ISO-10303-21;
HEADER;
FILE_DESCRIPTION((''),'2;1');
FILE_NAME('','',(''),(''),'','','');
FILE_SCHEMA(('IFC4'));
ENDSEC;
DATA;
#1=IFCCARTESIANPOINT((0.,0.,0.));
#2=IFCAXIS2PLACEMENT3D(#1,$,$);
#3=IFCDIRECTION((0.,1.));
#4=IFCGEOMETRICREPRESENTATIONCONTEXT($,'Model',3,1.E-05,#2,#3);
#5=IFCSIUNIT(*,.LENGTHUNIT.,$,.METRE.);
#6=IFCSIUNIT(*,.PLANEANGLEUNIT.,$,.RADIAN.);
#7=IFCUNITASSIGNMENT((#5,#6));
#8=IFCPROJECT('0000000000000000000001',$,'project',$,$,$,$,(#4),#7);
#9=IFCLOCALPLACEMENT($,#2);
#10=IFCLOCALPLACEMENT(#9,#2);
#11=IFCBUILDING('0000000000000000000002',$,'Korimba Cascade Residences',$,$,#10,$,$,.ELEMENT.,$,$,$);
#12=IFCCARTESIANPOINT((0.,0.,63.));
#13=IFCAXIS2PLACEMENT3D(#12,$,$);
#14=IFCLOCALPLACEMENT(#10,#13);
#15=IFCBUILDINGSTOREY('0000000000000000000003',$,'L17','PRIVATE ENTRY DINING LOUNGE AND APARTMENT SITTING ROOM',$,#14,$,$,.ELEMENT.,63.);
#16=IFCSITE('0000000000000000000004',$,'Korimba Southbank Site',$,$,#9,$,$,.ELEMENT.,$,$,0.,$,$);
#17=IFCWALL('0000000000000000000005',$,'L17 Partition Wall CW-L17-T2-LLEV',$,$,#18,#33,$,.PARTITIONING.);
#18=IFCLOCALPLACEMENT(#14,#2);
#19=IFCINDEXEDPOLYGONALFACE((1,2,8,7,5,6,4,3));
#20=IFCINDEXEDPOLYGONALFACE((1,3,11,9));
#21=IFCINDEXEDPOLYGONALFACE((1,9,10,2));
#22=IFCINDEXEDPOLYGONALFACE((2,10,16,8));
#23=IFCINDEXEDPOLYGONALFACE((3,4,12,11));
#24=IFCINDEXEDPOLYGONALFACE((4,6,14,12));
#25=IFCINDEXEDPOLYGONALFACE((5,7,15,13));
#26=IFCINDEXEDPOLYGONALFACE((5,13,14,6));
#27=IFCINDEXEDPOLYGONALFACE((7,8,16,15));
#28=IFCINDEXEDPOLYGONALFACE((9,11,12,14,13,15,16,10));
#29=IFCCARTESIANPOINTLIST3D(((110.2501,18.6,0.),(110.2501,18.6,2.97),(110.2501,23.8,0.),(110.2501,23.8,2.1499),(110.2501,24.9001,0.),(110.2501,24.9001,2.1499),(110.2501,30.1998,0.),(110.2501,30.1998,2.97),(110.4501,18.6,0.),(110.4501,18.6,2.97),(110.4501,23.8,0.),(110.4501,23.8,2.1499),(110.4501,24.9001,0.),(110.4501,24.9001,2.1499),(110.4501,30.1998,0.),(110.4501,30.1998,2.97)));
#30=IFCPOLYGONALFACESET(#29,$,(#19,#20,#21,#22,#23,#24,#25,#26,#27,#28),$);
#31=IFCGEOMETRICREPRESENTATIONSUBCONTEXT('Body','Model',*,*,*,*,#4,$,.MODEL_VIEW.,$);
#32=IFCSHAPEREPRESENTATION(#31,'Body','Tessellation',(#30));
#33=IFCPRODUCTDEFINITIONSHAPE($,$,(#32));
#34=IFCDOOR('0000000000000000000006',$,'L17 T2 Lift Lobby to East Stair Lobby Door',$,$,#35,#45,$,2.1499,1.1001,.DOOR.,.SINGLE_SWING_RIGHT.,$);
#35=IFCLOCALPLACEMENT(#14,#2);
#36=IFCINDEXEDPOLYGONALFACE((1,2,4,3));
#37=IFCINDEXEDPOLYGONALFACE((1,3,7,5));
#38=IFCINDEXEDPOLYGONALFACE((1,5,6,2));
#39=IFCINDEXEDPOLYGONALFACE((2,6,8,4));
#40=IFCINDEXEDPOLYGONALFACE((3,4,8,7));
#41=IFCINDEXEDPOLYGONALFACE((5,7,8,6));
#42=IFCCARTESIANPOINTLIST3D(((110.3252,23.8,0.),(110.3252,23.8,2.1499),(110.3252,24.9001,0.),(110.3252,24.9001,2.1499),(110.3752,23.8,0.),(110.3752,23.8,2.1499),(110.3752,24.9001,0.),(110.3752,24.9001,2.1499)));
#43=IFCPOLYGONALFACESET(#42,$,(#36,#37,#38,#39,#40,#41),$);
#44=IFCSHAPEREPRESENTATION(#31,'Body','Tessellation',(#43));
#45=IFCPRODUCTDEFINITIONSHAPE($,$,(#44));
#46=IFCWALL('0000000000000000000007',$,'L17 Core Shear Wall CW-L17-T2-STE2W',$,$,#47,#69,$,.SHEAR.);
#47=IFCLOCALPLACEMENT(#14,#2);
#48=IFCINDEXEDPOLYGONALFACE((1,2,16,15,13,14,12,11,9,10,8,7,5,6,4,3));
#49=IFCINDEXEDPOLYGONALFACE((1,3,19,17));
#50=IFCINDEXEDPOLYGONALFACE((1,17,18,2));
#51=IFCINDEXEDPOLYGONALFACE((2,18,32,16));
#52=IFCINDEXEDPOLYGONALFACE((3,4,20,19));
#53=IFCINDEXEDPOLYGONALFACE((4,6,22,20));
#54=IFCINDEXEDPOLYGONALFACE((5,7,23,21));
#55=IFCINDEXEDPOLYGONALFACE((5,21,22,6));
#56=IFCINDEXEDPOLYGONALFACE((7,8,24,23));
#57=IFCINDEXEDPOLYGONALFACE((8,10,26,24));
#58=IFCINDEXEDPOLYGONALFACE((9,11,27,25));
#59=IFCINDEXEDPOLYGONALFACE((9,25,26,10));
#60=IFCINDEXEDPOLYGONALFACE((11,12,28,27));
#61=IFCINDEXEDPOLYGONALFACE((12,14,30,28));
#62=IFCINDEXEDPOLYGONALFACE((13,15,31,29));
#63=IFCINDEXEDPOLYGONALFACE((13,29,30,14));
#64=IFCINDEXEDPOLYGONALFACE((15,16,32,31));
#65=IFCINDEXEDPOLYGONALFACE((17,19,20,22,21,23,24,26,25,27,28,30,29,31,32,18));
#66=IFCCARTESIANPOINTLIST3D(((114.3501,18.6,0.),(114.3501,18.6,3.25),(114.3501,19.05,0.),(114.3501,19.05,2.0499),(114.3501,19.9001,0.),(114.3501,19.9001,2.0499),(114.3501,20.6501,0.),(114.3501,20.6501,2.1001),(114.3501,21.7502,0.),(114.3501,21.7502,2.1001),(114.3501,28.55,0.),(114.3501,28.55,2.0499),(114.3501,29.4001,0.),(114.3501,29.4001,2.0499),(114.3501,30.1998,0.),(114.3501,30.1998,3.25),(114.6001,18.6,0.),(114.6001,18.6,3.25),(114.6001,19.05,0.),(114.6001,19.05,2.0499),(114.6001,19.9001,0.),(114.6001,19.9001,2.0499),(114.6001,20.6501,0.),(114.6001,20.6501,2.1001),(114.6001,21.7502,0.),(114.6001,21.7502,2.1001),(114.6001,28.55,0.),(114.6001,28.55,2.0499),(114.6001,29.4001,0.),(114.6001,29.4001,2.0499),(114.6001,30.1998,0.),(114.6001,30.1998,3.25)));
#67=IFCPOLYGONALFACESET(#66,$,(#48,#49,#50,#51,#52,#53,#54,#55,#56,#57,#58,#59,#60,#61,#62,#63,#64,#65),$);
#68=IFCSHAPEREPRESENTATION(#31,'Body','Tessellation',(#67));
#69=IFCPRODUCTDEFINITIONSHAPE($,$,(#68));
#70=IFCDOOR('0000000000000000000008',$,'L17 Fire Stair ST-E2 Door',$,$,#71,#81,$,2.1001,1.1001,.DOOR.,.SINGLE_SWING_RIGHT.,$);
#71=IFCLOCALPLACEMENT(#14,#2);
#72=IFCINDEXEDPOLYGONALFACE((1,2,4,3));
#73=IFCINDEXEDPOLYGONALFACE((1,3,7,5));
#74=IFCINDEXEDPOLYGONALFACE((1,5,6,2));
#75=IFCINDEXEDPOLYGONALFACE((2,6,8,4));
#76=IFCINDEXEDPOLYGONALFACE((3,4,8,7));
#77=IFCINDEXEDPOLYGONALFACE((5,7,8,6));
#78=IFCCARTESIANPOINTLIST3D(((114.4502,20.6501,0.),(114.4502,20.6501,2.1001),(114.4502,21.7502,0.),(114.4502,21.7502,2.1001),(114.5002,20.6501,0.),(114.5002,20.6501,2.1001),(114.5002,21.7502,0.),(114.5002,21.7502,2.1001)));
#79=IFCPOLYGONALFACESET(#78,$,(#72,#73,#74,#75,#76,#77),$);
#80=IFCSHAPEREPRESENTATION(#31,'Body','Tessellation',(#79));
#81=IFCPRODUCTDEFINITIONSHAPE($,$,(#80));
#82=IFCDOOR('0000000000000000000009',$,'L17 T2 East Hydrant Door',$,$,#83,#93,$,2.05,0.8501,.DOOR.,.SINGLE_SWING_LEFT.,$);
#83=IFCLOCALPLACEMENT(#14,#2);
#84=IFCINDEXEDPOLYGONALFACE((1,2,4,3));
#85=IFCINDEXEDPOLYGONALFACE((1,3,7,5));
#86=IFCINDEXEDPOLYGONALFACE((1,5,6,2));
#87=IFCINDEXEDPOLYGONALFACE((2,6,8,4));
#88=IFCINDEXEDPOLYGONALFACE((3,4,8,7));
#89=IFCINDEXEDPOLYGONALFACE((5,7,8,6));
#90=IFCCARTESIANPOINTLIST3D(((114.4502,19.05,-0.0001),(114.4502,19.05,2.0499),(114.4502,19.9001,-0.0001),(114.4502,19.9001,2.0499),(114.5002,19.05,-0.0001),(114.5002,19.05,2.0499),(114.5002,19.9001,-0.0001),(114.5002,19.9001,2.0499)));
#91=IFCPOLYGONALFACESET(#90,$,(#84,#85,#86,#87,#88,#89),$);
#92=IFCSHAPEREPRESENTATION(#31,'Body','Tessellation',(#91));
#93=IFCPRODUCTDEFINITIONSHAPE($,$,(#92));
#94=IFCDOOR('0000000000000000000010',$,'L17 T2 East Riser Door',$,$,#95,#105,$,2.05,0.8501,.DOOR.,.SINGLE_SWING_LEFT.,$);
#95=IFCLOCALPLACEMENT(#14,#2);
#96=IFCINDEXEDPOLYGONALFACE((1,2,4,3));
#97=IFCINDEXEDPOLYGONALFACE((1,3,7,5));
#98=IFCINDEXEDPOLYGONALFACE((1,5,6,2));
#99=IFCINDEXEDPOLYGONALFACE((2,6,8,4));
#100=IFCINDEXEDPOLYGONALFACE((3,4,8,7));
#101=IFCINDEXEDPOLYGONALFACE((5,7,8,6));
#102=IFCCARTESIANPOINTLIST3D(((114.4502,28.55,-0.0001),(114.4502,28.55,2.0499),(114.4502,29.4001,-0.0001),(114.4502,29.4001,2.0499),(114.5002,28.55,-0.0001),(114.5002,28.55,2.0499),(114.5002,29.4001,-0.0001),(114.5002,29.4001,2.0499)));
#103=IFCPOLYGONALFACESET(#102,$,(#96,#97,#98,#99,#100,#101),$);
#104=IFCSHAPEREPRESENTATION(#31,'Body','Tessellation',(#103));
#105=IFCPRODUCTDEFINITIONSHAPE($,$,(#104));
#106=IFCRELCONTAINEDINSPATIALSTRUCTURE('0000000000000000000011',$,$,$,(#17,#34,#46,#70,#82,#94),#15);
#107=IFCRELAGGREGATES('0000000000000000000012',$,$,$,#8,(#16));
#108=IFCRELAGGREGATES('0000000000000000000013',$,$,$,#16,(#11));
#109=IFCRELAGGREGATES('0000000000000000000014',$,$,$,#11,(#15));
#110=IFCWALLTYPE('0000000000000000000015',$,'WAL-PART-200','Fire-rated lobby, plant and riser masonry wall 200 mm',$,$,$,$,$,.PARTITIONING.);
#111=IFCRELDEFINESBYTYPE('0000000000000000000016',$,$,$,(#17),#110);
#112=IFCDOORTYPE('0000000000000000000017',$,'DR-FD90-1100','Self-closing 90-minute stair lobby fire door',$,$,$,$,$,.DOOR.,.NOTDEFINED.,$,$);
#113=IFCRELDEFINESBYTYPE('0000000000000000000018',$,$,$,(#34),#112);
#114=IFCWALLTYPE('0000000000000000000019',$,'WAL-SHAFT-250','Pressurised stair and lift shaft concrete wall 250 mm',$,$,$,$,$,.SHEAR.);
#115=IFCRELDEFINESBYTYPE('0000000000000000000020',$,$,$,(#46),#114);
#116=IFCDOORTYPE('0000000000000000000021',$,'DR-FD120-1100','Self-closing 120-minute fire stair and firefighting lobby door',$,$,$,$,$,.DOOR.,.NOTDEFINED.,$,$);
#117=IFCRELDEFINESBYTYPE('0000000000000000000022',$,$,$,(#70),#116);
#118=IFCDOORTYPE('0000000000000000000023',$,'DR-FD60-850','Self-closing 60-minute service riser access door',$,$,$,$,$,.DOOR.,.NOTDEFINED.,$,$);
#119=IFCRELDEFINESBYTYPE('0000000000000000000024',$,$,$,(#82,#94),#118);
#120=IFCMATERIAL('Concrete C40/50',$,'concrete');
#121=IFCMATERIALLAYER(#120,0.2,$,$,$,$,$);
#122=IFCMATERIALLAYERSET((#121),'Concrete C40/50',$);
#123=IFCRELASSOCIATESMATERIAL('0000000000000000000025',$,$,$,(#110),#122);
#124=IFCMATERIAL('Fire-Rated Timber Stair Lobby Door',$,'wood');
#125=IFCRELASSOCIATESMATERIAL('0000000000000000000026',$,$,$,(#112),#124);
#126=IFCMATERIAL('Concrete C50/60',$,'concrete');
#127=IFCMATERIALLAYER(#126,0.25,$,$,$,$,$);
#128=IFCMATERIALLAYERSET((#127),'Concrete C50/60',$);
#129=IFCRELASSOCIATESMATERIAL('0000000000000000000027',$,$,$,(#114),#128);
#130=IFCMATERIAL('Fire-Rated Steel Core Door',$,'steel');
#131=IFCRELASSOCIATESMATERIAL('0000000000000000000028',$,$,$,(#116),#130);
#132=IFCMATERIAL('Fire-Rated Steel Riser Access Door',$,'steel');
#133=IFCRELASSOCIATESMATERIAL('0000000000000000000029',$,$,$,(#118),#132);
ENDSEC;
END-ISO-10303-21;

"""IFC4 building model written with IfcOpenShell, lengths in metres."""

from ifc_helpers import new_model, si_unit, direction, frame, frame_2d, origin, place, context, subcontext, project, spatial, rectangle, extrude, material, layer, layer_set, type_object, element, fill, save


model = new_model("IFC4")

# Units and contexts
model_context = context("Model", 3, precision=1e-05, world=origin(), true_north=direction((0.0, 1.0)))
body_context = subcontext(model_context, "Body", "Model", "MODEL_VIEW")
ifc_project = project(units=[si_unit("LENGTHUNIT", "METRE"), si_unit("PLANEANGLEUNIT", "RADIAN")], contexts=[model_context])

# Site, building, storey
site_placement = place(None, origin())
site = spatial("IfcSite", under=ifc_project, at=site_placement, Name="Korimba Southbank Site", CompositionType="ELEMENT", RefElevation=0.0)
building_placement = place(site_placement, origin())
building = spatial("IfcBuilding", under=site, at=building_placement, Name="Korimba Cascade Residences", CompositionType="ELEMENT")
storey_placement = place(building_placement, frame((0.0, 0.0, 63.0)))
storey = spatial("IfcBuildingStorey", under=building, at=storey_placement, Name="L17", Description="PRIVATE ENTRY DINING LOUNGE AND APARTMENT SITTING ROOM", CompositionType="ELEMENT", Elevation=63.0)

# Shared definitions
ifc_material_1 = material(Name="Concrete C50/60", Category="concrete")

# Wall, opening, door
ifc_material_2 = material(Name="Concrete C40/50", Category="concrete")
ifc_layer_1 = layer(ifc_material_2, 0.2)
ifc_layer_set_1 = layer_set([ifc_layer_1], Name="Concrete C40/50")
wall_type_1 = type_object("IfcWallType", Name="WAL-PART-200", Description="Fire-rated lobby, plant and riser masonry wall 200 mm", PredefinedType="PARTITIONING", material=ifc_layer_set_1)
wall_1_placement = place(storey_placement, frame((110.3501, 18.6001, 0.0), z_axis=(0.0, 0.0, 1.0), x_axis=(0.0, 1.0, 0.0)))
wall_1 = element("IfcWall", 1, at=wall_1_placement, inside=storey, type_object=wall_type_1, Name="L17 Partition Wall CW-L17-T2-LLEV", PredefinedType="PARTITIONING", context=body_context, shape_type="SweptSolid", body=[
    extrude(rectangle(XDim=11.5999, YDim=0.2, at=frame_2d((5.7998, 0.0))), origin(), (0.0, 0.0, 1.0), 2.97),
])
opening_1_placement = place(wall_1_placement, frame((5.2, 0.0, 0.0)))
opening_1 = element("IfcOpeningElement", 2, at=opening_1_placement, cuts=wall_1, PredefinedType="OPENING", context=body_context, shape_type="SweptSolid", body=[
    extrude(rectangle(XDim=1.1001, YDim=2.1499, at=frame_2d((0.55, 1.075))), frame((0.0, 0.1099, 0.0), z_axis=(0.0, -1.0, 0.0), x_axis=(1.0, 0.0, 0.0)), (0.0, 0.0, 1.0), 0.22),
])
ifc_material_3 = material(Name="Fire-Rated Timber Stair Lobby Door", Category="wood")
door_type_1 = type_object("IfcDoorType", Name="DR-FD90-1100", Description="Self-closing 90-minute stair lobby fire door", OperationType="NOTDEFINED", PredefinedType="DOOR", material=ifc_material_3)
door_1_placement = place(opening_1_placement, origin())
door_1 = element("IfcDoor", 3, at=door_1_placement, inside=storey, type_object=door_type_1, Name="L17 T2 Lift Lobby to East Stair Lobby Door", OperationType="SINGLE_SWING_RIGHT", OverallHeight=2.1499, OverallWidth=1.1001, PredefinedType="DOOR", context=body_context, shape_type="SweptSolid", body=[
    extrude(rectangle(XDim=1.1001, YDim=2.1499, at=frame_2d((0.55, 1.075))), frame((0.0, 0.0249, 0.0), z_axis=(0.0, -1.0, 0.0), x_axis=(1.0, 0.0, 0.0)), (0.0, 0.0, 1.0), 0.05),
])
fill(opening_1, door_1)

# Wall, openings, doors
ifc_layer_2 = layer(ifc_material_1, 0.25)
ifc_layer_set_2 = layer_set([ifc_layer_2], Name="Concrete C50/60")
wall_type_2 = type_object("IfcWallType", Name="WAL-SHAFT-250", Description="Pressurised stair and lift shaft concrete wall 250 mm", PredefinedType="SHEAR", material=ifc_layer_set_2)
wall_2_placement = place(storey_placement, frame((114.4751, 18.6001, 0.0), z_axis=(0.0, 0.0, 1.0), x_axis=(0.0, 1.0, 0.0)))
wall_2 = element("IfcWall", 4, at=wall_2_placement, inside=storey, type_object=wall_type_2, Name="L17 Core Shear Wall CW-L17-T2-STE2W", PredefinedType="SHEAR", context=body_context, shape_type="SweptSolid", body=[
    extrude(rectangle(XDim=11.5999, YDim=0.25, at=frame_2d((5.7998, 0.0))), origin(), (0.0, 0.0, 1.0), 3.25),
])
opening_2_placement = place(wall_2_placement, frame((0.45, 0.0, 0.0)))
opening_2 = element("IfcOpeningElement", 5, at=opening_2_placement, cuts=wall_2, PredefinedType="OPENING", context=body_context, shape_type="SweptSolid", body=[
    extrude(rectangle(XDim=0.8501, YDim=2.05, at=frame_2d((0.425, 1.0249))), frame((0.0, 0.135, 0.0), z_axis=(0.0, -1.0, 0.0), x_axis=(1.0, 0.0, 0.0)), (0.0, 0.0, 1.0), 0.27),
])
opening_3_placement = place(wall_2_placement, frame((2.05, 0.0, 0.0)))
opening_3 = element("IfcOpeningElement", 6, at=opening_3_placement, cuts=wall_2, PredefinedType="OPENING", context=body_context, shape_type="SweptSolid", body=[
    extrude(rectangle(XDim=1.1001, YDim=2.1001, at=frame_2d((0.55, 1.05))), frame((0.0, 0.135, 0.0), z_axis=(0.0, -1.0, 0.0), x_axis=(1.0, 0.0, 0.0)), (0.0, 0.0, 1.0), 0.27),
])
opening_4_placement = place(wall_2_placement, frame((9.95, 0.0, 0.0)))
opening_4 = element("IfcOpeningElement", 7, at=opening_4_placement, cuts=wall_2, PredefinedType="OPENING", context=body_context, shape_type="SweptSolid", body=[
    extrude(rectangle(XDim=0.8501, YDim=2.05, at=frame_2d((0.425, 1.0249))), frame((0.0, 0.135, 0.0), z_axis=(0.0, -1.0, 0.0), x_axis=(1.0, 0.0, 0.0)), (0.0, 0.0, 1.0), 0.27),
])
ifc_material_4 = material(Name="Fire-Rated Steel Core Door", Category="steel")
door_type_2 = type_object("IfcDoorType", Name="DR-FD120-1100", Description="Self-closing 120-minute fire stair and firefighting lobby door", OperationType="NOTDEFINED", PredefinedType="DOOR", material=ifc_material_4)
door_2_placement = place(opening_3_placement, origin())
door_2 = element("IfcDoor", 8, at=door_2_placement, inside=storey, type_object=door_type_2, Name="L17 Fire Stair ST-E2 Door", OperationType="SINGLE_SWING_RIGHT", OverallHeight=2.1001, OverallWidth=1.1001, PredefinedType="DOOR", context=body_context, shape_type="SweptSolid", body=[
    extrude(rectangle(XDim=1.1001, YDim=2.1001, at=frame_2d((0.55, 1.05))), frame((0.0, 0.0249, 0.0), z_axis=(0.0, -1.0, 0.0), x_axis=(1.0, 0.0, 0.0)), (0.0, 0.0, 1.0), 0.05),
])
fill(opening_3, door_2)
ifc_material_5 = material(Name="Fire-Rated Steel Riser Access Door", Category="steel")
door_type_3 = type_object("IfcDoorType", Name="DR-FD60-850", Description="Self-closing 60-minute service riser access door", OperationType="NOTDEFINED", PredefinedType="DOOR", material=ifc_material_5)
door_3_placement = place(opening_2_placement, origin())
door_3 = element("IfcDoor", 9, at=door_3_placement, inside=storey, type_object=door_type_3, Name="L17 T2 East Hydrant Door", OperationType="SINGLE_SWING_LEFT", OverallHeight=2.05, OverallWidth=0.8501, PredefinedType="DOOR", context=body_context, shape_type="SweptSolid", body=[
    extrude(rectangle(XDim=0.8501, YDim=2.05, at=frame_2d((0.425, 1.0249))), frame((0.0, 0.0249, 0.0), z_axis=(0.0, -1.0, 0.0), x_axis=(1.0, 0.0, 0.0)), (0.0, 0.0, 1.0), 0.05),
])
fill(opening_2, door_3)
door_4_placement = place(opening_4_placement, origin())
door_4 = element("IfcDoor", 10, at=door_4_placement, inside=storey, type_object=door_type_3, Name="L17 T2 East Riser Door", OperationType="SINGLE_SWING_LEFT", OverallHeight=2.05, OverallWidth=0.8501, PredefinedType="DOOR", context=body_context, shape_type="SweptSolid", body=[
    extrude(rectangle(XDim=0.8501, YDim=2.05, at=frame_2d((0.425, 1.0249))), frame((0.0, 0.0249, 0.0), z_axis=(0.0, -1.0, 0.0), x_axis=(1.0, 0.0, 0.0)), (0.0, 0.0, 1.0), 0.05),
])
fill(opening_4, door_4)

save(model, "model.ifc")
